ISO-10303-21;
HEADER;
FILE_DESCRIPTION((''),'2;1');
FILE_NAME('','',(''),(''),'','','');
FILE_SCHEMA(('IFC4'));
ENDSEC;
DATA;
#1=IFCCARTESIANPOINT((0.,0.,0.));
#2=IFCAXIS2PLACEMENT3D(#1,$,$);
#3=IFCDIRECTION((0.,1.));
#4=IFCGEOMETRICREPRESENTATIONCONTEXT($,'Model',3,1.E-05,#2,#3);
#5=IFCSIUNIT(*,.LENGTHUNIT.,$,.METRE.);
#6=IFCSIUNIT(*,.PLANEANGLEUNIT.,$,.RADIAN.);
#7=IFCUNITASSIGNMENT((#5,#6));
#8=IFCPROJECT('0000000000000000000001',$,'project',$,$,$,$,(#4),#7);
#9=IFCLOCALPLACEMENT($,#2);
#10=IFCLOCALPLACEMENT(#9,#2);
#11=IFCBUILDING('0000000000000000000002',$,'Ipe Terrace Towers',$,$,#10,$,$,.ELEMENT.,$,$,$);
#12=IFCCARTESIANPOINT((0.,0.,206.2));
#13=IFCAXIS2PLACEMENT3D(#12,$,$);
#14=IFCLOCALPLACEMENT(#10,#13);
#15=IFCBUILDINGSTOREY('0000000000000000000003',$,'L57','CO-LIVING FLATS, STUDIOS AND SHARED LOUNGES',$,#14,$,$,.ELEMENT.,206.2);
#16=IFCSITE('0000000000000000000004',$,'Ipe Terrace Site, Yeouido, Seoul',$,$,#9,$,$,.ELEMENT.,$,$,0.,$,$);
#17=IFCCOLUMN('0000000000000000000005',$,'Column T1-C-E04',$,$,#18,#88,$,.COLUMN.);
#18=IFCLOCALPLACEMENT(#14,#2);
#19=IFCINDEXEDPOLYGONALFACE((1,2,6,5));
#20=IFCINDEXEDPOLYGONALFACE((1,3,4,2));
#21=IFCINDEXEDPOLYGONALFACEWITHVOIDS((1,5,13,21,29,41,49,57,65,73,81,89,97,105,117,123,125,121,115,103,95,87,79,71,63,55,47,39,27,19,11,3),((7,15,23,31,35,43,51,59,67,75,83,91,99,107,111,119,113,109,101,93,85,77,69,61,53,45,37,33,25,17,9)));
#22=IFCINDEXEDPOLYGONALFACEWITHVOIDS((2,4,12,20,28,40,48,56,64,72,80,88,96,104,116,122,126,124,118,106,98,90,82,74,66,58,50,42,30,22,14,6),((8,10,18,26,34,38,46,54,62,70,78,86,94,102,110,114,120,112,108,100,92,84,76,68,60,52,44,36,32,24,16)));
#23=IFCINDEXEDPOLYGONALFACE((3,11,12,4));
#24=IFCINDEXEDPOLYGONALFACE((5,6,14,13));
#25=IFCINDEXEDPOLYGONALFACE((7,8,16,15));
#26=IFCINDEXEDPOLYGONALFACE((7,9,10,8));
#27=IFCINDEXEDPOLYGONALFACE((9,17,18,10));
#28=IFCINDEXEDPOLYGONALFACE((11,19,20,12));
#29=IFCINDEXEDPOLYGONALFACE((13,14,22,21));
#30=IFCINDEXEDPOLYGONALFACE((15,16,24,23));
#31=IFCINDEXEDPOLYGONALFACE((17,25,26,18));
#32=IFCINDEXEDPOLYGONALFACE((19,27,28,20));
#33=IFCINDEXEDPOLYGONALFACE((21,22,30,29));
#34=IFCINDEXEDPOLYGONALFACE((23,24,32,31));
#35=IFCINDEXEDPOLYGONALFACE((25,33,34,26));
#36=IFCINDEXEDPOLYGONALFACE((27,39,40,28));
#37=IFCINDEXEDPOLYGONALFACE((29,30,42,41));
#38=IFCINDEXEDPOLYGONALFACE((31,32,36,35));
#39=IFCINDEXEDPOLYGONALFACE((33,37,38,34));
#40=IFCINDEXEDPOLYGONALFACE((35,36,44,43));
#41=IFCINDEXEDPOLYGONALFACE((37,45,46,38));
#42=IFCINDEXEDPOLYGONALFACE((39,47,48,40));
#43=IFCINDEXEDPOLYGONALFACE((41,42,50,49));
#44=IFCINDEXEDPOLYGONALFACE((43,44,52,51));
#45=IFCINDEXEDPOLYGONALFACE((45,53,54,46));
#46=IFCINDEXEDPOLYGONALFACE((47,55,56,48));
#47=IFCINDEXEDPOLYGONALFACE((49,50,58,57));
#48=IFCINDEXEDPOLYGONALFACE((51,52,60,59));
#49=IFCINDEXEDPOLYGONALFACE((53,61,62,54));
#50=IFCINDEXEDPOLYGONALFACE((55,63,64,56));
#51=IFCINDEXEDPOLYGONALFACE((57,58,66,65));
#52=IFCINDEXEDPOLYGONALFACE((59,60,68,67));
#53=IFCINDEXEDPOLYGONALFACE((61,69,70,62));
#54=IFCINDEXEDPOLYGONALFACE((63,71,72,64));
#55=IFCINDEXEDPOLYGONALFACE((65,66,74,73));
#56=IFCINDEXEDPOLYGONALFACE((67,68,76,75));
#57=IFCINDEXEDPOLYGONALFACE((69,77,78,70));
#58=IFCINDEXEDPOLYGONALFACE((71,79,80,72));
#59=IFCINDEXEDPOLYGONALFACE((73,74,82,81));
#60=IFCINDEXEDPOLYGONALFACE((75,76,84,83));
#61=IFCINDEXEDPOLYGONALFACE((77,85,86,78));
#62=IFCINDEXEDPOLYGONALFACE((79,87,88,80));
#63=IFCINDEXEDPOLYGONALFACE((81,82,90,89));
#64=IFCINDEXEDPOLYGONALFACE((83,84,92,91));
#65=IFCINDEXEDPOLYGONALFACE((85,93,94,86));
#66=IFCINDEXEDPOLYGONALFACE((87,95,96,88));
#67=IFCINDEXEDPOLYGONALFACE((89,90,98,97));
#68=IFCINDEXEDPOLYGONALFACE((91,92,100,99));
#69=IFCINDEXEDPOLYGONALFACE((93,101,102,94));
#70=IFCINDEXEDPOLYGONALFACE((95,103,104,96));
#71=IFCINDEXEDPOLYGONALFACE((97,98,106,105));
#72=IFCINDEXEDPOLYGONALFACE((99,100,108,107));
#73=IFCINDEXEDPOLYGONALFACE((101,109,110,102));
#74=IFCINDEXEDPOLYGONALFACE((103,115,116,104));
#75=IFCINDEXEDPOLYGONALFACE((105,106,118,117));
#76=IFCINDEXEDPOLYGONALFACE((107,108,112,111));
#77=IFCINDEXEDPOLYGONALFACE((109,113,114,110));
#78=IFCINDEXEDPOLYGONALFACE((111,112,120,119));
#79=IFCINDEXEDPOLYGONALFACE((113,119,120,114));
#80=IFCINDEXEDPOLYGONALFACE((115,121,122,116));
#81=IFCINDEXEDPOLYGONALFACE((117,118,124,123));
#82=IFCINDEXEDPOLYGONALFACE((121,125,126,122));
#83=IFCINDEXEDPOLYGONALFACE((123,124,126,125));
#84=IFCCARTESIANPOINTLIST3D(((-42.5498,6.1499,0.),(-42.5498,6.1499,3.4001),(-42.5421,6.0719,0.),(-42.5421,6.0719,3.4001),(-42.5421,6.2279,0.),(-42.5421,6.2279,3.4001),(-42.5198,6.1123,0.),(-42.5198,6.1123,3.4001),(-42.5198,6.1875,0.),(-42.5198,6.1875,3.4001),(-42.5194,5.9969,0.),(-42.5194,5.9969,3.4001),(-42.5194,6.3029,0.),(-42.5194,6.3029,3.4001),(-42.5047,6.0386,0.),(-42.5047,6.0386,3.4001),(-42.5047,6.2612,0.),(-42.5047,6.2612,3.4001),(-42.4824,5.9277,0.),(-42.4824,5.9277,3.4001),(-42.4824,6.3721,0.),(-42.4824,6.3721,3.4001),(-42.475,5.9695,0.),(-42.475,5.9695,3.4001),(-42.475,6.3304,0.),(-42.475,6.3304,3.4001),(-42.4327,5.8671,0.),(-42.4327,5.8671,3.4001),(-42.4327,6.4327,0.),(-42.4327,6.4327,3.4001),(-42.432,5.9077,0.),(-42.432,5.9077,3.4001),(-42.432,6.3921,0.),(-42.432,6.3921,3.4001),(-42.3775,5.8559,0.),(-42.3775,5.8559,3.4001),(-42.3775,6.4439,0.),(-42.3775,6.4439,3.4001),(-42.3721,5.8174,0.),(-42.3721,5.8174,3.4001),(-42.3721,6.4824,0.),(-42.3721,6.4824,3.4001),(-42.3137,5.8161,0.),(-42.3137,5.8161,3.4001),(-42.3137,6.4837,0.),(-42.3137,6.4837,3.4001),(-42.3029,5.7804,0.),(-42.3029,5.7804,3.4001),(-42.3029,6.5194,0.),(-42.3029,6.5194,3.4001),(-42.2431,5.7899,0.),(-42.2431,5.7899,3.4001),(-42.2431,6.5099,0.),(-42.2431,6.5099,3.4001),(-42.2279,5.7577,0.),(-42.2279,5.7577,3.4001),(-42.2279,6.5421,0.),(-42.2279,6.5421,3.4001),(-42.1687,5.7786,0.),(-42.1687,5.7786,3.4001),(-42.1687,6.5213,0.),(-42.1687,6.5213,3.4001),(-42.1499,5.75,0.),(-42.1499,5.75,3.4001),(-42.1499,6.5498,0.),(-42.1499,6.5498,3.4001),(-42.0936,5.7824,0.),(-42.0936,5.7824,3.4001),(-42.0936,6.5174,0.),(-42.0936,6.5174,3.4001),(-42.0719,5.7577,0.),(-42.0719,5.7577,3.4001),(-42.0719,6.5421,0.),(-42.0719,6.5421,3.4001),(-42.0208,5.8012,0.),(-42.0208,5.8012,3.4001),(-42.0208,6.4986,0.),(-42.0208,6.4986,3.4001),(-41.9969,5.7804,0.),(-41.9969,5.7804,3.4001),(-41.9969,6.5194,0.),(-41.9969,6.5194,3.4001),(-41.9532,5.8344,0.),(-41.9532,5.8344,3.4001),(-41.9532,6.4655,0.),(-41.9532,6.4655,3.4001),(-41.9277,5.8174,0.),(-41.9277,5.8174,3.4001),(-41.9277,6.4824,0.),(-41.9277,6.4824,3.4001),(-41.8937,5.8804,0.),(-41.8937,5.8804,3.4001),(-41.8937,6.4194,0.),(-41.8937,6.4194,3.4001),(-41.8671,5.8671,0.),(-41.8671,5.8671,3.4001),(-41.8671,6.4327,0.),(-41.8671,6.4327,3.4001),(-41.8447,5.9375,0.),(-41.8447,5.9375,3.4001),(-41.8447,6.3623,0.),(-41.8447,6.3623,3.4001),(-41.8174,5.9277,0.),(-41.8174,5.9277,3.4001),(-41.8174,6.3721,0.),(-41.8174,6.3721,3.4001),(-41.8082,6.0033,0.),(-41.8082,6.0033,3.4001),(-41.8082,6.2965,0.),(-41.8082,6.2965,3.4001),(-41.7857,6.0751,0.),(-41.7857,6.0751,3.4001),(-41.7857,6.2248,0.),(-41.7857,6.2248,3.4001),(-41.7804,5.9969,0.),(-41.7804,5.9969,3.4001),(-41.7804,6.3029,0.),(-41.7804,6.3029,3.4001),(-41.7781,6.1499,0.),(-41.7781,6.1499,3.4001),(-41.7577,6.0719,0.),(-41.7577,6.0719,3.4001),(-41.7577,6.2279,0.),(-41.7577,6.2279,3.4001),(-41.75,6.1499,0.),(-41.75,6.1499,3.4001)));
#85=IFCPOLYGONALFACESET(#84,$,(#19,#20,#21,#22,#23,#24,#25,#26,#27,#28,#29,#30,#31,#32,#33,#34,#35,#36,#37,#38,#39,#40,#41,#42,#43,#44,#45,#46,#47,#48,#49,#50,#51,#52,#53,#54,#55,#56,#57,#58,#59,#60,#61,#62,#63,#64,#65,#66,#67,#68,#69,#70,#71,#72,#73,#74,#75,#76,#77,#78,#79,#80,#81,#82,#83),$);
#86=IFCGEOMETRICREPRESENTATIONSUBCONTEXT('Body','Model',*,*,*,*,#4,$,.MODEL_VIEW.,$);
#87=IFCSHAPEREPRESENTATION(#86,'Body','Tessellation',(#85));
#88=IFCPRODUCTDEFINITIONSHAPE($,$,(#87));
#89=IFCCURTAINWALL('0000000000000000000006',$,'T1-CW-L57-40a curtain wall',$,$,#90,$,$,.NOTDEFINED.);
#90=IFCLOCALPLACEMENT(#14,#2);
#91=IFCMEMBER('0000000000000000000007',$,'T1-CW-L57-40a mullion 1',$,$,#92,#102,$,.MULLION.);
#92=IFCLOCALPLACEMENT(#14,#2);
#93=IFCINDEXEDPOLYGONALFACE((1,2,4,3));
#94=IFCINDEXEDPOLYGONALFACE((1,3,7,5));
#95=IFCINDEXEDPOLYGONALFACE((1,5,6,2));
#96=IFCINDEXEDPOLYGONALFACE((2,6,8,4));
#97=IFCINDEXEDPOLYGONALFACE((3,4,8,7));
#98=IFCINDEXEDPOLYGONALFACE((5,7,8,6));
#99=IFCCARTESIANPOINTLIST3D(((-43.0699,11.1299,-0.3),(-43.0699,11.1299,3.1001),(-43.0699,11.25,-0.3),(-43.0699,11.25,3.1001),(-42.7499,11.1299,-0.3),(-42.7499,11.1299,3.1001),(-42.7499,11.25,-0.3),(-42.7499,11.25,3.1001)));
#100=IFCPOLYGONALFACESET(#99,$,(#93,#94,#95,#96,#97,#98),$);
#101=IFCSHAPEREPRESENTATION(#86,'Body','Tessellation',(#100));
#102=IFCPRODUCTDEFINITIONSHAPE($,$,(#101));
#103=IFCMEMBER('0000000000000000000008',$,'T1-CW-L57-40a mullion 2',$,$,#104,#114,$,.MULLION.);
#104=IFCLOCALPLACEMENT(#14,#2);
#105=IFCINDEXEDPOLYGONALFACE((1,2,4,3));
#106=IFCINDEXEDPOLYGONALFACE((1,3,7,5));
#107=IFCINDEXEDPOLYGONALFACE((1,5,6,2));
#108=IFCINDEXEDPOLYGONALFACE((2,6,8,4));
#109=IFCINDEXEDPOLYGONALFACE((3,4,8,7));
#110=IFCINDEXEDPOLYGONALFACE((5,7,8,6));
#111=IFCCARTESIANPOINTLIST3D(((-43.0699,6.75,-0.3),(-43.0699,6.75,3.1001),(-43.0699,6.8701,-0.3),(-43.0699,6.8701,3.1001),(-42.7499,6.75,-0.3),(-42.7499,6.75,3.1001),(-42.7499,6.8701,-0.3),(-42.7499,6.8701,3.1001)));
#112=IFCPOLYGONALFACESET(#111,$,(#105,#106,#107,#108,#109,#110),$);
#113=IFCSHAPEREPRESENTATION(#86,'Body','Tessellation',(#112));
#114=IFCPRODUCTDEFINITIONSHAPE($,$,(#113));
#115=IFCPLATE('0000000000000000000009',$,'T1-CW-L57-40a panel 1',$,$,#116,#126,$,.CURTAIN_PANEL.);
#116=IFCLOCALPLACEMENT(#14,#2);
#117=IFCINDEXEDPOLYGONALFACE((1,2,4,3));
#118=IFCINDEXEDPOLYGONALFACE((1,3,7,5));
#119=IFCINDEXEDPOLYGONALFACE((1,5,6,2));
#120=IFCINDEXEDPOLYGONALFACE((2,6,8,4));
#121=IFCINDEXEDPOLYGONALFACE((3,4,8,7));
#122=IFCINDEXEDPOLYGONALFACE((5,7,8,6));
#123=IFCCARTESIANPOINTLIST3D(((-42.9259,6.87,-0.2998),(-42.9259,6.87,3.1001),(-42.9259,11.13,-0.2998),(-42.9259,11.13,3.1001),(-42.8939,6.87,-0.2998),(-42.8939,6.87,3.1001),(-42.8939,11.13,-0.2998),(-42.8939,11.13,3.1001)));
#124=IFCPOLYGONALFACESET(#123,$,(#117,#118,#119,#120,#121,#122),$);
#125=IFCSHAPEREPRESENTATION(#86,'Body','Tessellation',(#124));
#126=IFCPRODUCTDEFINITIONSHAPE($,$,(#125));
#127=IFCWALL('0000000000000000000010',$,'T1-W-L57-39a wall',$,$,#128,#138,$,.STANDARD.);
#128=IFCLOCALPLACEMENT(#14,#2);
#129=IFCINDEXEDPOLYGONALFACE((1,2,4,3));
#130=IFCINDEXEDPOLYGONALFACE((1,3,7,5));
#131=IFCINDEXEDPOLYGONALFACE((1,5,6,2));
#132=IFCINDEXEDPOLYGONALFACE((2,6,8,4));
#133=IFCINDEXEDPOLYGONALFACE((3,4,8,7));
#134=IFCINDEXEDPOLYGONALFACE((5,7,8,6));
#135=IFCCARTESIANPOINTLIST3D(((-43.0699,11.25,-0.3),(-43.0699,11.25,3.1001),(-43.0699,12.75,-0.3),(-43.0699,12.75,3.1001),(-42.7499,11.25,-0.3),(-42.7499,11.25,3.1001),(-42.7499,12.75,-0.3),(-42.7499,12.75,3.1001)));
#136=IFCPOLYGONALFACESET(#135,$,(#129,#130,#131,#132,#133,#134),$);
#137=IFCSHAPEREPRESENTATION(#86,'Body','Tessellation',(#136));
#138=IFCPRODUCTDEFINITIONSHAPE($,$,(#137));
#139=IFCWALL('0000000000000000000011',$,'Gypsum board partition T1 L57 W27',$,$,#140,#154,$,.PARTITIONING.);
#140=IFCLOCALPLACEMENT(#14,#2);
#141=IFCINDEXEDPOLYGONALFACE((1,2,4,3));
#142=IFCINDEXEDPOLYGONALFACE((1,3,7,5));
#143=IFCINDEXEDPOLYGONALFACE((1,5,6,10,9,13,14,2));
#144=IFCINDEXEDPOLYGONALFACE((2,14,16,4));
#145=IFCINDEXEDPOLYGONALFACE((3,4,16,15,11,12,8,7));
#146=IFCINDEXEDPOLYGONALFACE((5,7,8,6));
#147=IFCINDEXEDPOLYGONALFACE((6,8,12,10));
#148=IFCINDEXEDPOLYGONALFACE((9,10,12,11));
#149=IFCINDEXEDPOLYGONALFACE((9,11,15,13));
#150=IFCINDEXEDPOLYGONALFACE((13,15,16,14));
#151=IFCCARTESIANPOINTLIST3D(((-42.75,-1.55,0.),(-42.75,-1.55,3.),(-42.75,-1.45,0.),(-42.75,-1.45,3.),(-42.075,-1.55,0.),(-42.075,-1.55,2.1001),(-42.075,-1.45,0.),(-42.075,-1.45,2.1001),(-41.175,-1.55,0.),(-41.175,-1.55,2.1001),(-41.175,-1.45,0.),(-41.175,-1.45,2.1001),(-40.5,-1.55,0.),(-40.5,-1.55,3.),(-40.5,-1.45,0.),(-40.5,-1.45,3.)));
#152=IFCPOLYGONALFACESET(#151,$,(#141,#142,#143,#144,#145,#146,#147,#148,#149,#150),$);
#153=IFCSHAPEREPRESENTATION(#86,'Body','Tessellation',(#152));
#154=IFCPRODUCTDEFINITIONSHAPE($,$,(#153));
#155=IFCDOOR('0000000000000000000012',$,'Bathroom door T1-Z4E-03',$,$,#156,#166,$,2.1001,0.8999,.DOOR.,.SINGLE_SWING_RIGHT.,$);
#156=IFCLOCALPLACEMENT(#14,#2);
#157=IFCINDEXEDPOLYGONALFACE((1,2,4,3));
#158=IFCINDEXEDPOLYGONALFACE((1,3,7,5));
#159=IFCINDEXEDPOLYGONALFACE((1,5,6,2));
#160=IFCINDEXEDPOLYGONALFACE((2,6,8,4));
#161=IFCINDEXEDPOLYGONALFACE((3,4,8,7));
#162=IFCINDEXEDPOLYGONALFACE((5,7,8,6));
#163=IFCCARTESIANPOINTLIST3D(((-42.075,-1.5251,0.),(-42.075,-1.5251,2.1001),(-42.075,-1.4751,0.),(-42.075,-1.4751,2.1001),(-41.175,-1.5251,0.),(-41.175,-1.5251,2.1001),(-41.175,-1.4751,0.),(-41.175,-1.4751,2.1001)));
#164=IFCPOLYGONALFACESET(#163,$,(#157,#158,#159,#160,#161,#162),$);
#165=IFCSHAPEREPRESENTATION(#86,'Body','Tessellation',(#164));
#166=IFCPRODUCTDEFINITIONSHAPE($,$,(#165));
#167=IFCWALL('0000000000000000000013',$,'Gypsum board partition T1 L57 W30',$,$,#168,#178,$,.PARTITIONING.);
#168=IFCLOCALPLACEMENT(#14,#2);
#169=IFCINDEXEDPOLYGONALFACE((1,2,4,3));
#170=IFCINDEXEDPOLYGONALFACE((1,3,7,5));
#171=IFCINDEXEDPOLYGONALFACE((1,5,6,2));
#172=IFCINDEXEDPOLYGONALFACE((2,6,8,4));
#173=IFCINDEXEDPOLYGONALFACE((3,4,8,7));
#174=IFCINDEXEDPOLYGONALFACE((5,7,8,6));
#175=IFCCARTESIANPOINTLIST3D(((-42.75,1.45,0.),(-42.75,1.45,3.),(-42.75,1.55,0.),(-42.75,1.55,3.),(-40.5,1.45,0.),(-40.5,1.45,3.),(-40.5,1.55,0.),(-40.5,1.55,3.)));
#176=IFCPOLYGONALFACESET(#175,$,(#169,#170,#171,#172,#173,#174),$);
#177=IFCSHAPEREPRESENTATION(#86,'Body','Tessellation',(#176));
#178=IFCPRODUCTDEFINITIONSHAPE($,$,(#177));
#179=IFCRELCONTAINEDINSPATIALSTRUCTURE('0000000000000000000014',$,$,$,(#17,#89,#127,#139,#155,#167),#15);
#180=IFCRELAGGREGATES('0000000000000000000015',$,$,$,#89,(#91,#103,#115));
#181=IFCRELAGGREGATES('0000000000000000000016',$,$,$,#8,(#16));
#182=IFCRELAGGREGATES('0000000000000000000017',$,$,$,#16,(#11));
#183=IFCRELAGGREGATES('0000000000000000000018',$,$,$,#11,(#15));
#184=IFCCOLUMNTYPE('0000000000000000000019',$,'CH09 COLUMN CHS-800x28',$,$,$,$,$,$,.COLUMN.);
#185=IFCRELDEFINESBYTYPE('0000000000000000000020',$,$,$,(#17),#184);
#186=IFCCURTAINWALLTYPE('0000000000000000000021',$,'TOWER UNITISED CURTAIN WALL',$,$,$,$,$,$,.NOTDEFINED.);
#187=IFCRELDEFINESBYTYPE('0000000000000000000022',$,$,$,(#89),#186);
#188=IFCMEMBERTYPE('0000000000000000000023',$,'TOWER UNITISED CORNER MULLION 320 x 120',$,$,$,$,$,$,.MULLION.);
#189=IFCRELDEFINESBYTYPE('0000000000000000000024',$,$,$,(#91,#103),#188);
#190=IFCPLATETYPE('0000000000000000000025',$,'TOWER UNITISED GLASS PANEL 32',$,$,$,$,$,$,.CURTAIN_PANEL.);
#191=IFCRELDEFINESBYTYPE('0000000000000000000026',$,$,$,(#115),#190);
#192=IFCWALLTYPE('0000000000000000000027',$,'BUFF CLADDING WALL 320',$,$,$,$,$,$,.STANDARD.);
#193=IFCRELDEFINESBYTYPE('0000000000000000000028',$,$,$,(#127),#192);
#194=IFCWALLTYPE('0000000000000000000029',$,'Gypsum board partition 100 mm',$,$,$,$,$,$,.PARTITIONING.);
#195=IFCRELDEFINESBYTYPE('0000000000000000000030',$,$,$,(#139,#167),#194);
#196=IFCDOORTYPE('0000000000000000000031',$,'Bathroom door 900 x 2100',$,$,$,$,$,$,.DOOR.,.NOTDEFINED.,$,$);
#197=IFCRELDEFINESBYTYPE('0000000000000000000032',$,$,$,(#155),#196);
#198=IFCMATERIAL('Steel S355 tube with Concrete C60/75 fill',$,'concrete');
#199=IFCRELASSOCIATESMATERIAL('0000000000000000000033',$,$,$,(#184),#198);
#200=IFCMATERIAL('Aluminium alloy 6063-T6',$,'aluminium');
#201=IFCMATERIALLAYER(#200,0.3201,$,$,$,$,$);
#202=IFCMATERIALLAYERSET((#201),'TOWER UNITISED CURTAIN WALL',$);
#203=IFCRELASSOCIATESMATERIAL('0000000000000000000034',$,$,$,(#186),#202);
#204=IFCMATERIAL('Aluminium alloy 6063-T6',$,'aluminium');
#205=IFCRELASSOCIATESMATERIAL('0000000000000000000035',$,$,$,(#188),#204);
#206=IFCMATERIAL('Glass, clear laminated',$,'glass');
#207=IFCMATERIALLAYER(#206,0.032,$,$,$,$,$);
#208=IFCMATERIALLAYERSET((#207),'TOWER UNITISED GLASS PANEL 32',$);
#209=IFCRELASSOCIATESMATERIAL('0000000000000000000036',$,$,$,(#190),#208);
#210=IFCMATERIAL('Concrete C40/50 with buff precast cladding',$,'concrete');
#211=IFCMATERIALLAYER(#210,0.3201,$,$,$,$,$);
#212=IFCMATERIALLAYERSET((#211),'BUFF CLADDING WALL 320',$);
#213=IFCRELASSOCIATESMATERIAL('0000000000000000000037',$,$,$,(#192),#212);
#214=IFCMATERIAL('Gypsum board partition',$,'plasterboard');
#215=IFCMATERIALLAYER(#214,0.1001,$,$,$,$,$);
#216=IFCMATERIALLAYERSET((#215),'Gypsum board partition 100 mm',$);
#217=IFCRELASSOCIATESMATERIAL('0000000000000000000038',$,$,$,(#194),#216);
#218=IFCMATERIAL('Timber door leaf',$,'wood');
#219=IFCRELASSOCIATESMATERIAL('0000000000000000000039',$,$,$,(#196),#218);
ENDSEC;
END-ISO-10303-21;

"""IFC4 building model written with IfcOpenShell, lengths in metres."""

from ifc_helpers import new_model, si_unit, direction, frame, frame_2d, origin, origin_2d, place, context, subcontext, project, spatial, rectangle, hollow_circle, extrude, material, layer, layer_set, material_profile, profile_set, type_object, element, fill, aggregate, save


model = new_model("IFC4")

# Units and contexts
model_context = context("Model", 3, precision=1e-05, world=origin(), true_north=direction((0.0, 1.0)))
body_context = subcontext(model_context, "Body", "Model", "MODEL_VIEW")
ifc_project = project(units=[si_unit("LENGTHUNIT", "METRE"), si_unit("PLANEANGLEUNIT", "RADIAN")], contexts=[model_context])

# Site, building, storey
site_placement = place(None, origin())
site = spatial("IfcSite", under=ifc_project, at=site_placement, Name="Ipe Terrace Site, Yeouido, Seoul", CompositionType="ELEMENT", RefElevation=0.0)
building_placement = place(site_placement, origin())
building = spatial("IfcBuilding", under=site, at=building_placement, Name="Ipe Terrace Towers", CompositionType="ELEMENT")
storey_placement = place(building_placement, frame((0.0, 0.0, 206.2)))
storey = spatial("IfcBuildingStorey", under=building, at=storey_placement, Name="L57", Description="CO-LIVING FLATS, STUDIOS AND SHARED LOUNGES", CompositionType="ELEMENT", Elevation=206.2)

# Column
ifc_material_1 = material(Name="Steel S355 tube with Concrete C60/75 fill", Category="concrete")
ifc_material_profile_1 = material_profile(ifc_material_1, hollow_circle(Radius=0.3999, WallThickness=0.0281, at=origin_2d()), Name="CHS-800x28")
ifc_profile_set_1 = profile_set([ifc_material_profile_1], Name="Steel S355 tube with Concrete C60/75 fill")
column_type = type_object("IfcColumnType", Name="CH09 COLUMN CHS-800x28", PredefinedType="COLUMN", material=ifc_profile_set_1)
column_placement = place(storey_placement, frame((-42.1499, 6.1499, 0.0), z_axis=(0.0, 0.0, 1.0), x_axis=(1.0, 0.0, 0.0)))
element("IfcColumn", 1, at=column_placement, inside=storey, type_object=column_type, Name="Column T1-C-E04", PredefinedType="COLUMN", context=body_context, shape_type="SweptSolid", body=[
    extrude(hollow_circle(Radius=0.3999, WallThickness=0.0281, at=origin_2d()), origin(), (0.0, 0.0, 1.0), 3.4001),
])

# Curtain wall, members, plate
ifc_material_2 = material(Name="Aluminium alloy 6063-T6", Category="aluminium")
ifc_layer_1 = layer(ifc_material_2, 0.3201)
ifc_layer_set_1 = layer_set([ifc_layer_1], Name="TOWER UNITISED CURTAIN WALL")
curtain_wall_type = type_object("IfcCurtainWallType", Name="TOWER UNITISED CURTAIN WALL", PredefinedType="NOTDEFINED", material=ifc_layer_set_1)
curtain_wall_placement = place(storey_placement, origin())
curtain_wall = element("IfcCurtainWall", 2, at=curtain_wall_placement, inside=storey, type_object=curtain_wall_type, Name="T1-CW-L57-40a curtain wall", PredefinedType="NOTDEFINED")
ifc_material_3 = material(Name="Aluminium alloy 6063-T6", Category="aluminium")
ifc_material_profile_2 = material_profile(ifc_material_3, rectangle(XDim=0.3201, YDim=0.1201, at=origin_2d()), Name="TOWER UNITISED CORNER MULLION 320 x 120")
ifc_profile_set_2 = profile_set([ifc_material_profile_2], Name="Aluminium alloy 6063-T6")
member_type = type_object("IfcMemberType", Name="TOWER UNITISED CORNER MULLION 320 x 120", PredefinedType="MULLION", material=ifc_profile_set_2)
member_1_placement = place(storey_placement, frame((-42.9099, 11.1899, -0.3), z_axis=(0.0, 0.0, 1.0), x_axis=(-1.0, 0.0, 0.0)))
member_1 = element("IfcMember", 3, at=member_1_placement, type_object=member_type, Name="T1-CW-L57-40a mullion 1", PredefinedType="MULLION", context=body_context, shape_type="SweptSolid", body=[
    extrude(rectangle(XDim=0.3201, YDim=0.1201, at=origin_2d()), origin(), (0.0, 0.0, 1.0), 3.4001),
])
member_2_placement = place(storey_placement, frame((-42.9099, 6.8101, -0.3), z_axis=(0.0, 0.0, 1.0), x_axis=(-1.0, 0.0, 0.0)))
member_2 = element("IfcMember", 4, at=member_2_placement, type_object=member_type, Name="T1-CW-L57-40a mullion 2", PredefinedType="MULLION", context=body_context, shape_type="SweptSolid", body=[
    extrude(rectangle(XDim=0.3201, YDim=0.1201, at=origin_2d()), origin(), (0.0, 0.0, 1.0), 3.4001),
])
ifc_material_4 = material(Name="Glass, clear laminated", Category="glass")
ifc_layer_2 = layer(ifc_material_4, 0.032)
ifc_layer_set_2 = layer_set([ifc_layer_2], Name="TOWER UNITISED GLASS PANEL 32")
plate_type = type_object("IfcPlateType", Name="TOWER UNITISED GLASS PANEL 32", PredefinedType="CURTAIN_PANEL", material=ifc_layer_set_2)
plate_placement = place(storey_placement, frame((-42.9099, 9.0, -0.2998), z_axis=(0.0, 0.0, 1.0), x_axis=(0.0, -1.0, 0.0)))
plate = element("IfcPlate", 5, at=plate_placement, type_object=plate_type, Name="T1-CW-L57-40a panel 1", PredefinedType="CURTAIN_PANEL", context=body_context, shape_type="SweptSolid", body=[
    extrude(rectangle(XDim=4.26, YDim=0.032, at=origin_2d()), origin(), (0.0, 0.0, 1.0), 3.3999),
])
aggregate(curtain_wall, [member_1, member_2, plate])

# Wall
ifc_material_5 = material(Name="Concrete C40/50 with buff precast cladding", Category="concrete")
ifc_layer_3 = layer(ifc_material_5, 0.3201)
ifc_layer_set_3 = layer_set([ifc_layer_3], Name="BUFF CLADDING WALL 320")
wall_type_1 = type_object("IfcWallType", Name="BUFF CLADDING WALL 320", PredefinedType="STANDARD", material=ifc_layer_set_3)
wall_1_placement = place(storey_placement, frame((-42.9099, 12.75, -0.3), z_axis=(0.0, 0.0, 1.0), x_axis=(0.0, -1.0, 0.0)))
element("IfcWall", 6, at=wall_1_placement, inside=storey, type_object=wall_type_1, Name="T1-W-L57-39a wall", PredefinedType="STANDARD", context=body_context, shape_type="SweptSolid", body=[
    extrude(rectangle(XDim=1.5, YDim=0.3201, at=frame_2d((0.75, 0.0))), origin(), (0.0, 0.0, 1.0), 3.4001),
])

# Wall, opening, door
ifc_material_6 = material(Name="Gypsum board partition", Category="plasterboard")
ifc_layer_4 = layer(ifc_material_6, 0.1001)
ifc_layer_set_4 = layer_set([ifc_layer_4], Name="Gypsum board partition 100 mm")
wall_type_2 = type_object("IfcWallType", Name="Gypsum board partition 100 mm", PredefinedType="PARTITIONING", material=ifc_layer_set_4)
wall_2_placement = place(storey_placement, frame((-42.75, -1.5, 0.0), z_axis=(0.0, 0.0, 1.0), x_axis=(1.0, 0.0, 0.0)))
wall_2 = element("IfcWall", 7, at=wall_2_placement, inside=storey, type_object=wall_type_2, Name="Gypsum board partition T1 L57 W27", PredefinedType="PARTITIONING", context=body_context, shape_type="SweptSolid", body=[
    extrude(rectangle(XDim=2.25, YDim=0.1001, at=frame_2d((1.125, 0.0))), origin(), (0.0, 0.0, 1.0), 3.0),
])
opening_1_placement = place(wall_2_placement, frame((0.675, 0.0, 0.0)))
opening_1 = element("IfcOpeningElement", 8, at=opening_1_placement, cuts=wall_2, PredefinedType="OPENING", context=body_context, shape_type="SweptSolid", body=[
    extrude(rectangle(XDim=0.8999, YDim=2.1001, at=frame_2d((0.45, 1.05))), frame((0.0, 0.0601, 0.0), z_axis=(0.0, -1.0, 0.0), x_axis=(1.0, 0.0, 0.0)), (0.0, 0.0, 1.0), 0.1201),
])
ifc_material_7 = material(Name="Timber door leaf", Category="wood")
door_type_1 = type_object("IfcDoorType", Name="Bathroom door 900 x 2100", OperationType="NOTDEFINED", PredefinedType="DOOR", material=ifc_material_7)
door_1_placement = place(opening_1_placement, origin())
door_1 = element("IfcDoor", 9, at=door_1_placement, inside=storey, type_object=door_type_1, Name="Bathroom door T1-Z4E-03", OperationType="SINGLE_SWING_RIGHT", OverallHeight=2.1001, OverallWidth=0.8999, PredefinedType="DOOR", context=body_context, shape_type="SweptSolid", body=[
    extrude(rectangle(XDim=0.8999, YDim=2.1001, at=frame_2d((0.45, 1.05))), frame((0.0, 0.0249, 0.0), z_axis=(0.0, -1.0, 0.0), x_axis=(1.0, 0.0, 0.0)), (0.0, 0.0, 1.0), 0.05),
])
fill(opening_1, door_1)

# Wall
wall_3_placement = place(storey_placement, frame((-42.75, 1.5, 0.0), z_axis=(0.0, 0.0, 1.0), x_axis=(1.0, 0.0, 0.0)))
element("IfcWall", 10, at=wall_3_placement, inside=storey, type_object=wall_type_2, Name="Gypsum board partition T1 L57 W30", PredefinedType="PARTITIONING", context=body_context, shape_type="SweptSolid", body=[
    extrude(rectangle(XDim=2.25, YDim=0.1001, at=frame_2d((1.125, 0.0))), origin(), (0.0, 0.0, 1.0), 3.0),
])

save(model, "model.ifc")
